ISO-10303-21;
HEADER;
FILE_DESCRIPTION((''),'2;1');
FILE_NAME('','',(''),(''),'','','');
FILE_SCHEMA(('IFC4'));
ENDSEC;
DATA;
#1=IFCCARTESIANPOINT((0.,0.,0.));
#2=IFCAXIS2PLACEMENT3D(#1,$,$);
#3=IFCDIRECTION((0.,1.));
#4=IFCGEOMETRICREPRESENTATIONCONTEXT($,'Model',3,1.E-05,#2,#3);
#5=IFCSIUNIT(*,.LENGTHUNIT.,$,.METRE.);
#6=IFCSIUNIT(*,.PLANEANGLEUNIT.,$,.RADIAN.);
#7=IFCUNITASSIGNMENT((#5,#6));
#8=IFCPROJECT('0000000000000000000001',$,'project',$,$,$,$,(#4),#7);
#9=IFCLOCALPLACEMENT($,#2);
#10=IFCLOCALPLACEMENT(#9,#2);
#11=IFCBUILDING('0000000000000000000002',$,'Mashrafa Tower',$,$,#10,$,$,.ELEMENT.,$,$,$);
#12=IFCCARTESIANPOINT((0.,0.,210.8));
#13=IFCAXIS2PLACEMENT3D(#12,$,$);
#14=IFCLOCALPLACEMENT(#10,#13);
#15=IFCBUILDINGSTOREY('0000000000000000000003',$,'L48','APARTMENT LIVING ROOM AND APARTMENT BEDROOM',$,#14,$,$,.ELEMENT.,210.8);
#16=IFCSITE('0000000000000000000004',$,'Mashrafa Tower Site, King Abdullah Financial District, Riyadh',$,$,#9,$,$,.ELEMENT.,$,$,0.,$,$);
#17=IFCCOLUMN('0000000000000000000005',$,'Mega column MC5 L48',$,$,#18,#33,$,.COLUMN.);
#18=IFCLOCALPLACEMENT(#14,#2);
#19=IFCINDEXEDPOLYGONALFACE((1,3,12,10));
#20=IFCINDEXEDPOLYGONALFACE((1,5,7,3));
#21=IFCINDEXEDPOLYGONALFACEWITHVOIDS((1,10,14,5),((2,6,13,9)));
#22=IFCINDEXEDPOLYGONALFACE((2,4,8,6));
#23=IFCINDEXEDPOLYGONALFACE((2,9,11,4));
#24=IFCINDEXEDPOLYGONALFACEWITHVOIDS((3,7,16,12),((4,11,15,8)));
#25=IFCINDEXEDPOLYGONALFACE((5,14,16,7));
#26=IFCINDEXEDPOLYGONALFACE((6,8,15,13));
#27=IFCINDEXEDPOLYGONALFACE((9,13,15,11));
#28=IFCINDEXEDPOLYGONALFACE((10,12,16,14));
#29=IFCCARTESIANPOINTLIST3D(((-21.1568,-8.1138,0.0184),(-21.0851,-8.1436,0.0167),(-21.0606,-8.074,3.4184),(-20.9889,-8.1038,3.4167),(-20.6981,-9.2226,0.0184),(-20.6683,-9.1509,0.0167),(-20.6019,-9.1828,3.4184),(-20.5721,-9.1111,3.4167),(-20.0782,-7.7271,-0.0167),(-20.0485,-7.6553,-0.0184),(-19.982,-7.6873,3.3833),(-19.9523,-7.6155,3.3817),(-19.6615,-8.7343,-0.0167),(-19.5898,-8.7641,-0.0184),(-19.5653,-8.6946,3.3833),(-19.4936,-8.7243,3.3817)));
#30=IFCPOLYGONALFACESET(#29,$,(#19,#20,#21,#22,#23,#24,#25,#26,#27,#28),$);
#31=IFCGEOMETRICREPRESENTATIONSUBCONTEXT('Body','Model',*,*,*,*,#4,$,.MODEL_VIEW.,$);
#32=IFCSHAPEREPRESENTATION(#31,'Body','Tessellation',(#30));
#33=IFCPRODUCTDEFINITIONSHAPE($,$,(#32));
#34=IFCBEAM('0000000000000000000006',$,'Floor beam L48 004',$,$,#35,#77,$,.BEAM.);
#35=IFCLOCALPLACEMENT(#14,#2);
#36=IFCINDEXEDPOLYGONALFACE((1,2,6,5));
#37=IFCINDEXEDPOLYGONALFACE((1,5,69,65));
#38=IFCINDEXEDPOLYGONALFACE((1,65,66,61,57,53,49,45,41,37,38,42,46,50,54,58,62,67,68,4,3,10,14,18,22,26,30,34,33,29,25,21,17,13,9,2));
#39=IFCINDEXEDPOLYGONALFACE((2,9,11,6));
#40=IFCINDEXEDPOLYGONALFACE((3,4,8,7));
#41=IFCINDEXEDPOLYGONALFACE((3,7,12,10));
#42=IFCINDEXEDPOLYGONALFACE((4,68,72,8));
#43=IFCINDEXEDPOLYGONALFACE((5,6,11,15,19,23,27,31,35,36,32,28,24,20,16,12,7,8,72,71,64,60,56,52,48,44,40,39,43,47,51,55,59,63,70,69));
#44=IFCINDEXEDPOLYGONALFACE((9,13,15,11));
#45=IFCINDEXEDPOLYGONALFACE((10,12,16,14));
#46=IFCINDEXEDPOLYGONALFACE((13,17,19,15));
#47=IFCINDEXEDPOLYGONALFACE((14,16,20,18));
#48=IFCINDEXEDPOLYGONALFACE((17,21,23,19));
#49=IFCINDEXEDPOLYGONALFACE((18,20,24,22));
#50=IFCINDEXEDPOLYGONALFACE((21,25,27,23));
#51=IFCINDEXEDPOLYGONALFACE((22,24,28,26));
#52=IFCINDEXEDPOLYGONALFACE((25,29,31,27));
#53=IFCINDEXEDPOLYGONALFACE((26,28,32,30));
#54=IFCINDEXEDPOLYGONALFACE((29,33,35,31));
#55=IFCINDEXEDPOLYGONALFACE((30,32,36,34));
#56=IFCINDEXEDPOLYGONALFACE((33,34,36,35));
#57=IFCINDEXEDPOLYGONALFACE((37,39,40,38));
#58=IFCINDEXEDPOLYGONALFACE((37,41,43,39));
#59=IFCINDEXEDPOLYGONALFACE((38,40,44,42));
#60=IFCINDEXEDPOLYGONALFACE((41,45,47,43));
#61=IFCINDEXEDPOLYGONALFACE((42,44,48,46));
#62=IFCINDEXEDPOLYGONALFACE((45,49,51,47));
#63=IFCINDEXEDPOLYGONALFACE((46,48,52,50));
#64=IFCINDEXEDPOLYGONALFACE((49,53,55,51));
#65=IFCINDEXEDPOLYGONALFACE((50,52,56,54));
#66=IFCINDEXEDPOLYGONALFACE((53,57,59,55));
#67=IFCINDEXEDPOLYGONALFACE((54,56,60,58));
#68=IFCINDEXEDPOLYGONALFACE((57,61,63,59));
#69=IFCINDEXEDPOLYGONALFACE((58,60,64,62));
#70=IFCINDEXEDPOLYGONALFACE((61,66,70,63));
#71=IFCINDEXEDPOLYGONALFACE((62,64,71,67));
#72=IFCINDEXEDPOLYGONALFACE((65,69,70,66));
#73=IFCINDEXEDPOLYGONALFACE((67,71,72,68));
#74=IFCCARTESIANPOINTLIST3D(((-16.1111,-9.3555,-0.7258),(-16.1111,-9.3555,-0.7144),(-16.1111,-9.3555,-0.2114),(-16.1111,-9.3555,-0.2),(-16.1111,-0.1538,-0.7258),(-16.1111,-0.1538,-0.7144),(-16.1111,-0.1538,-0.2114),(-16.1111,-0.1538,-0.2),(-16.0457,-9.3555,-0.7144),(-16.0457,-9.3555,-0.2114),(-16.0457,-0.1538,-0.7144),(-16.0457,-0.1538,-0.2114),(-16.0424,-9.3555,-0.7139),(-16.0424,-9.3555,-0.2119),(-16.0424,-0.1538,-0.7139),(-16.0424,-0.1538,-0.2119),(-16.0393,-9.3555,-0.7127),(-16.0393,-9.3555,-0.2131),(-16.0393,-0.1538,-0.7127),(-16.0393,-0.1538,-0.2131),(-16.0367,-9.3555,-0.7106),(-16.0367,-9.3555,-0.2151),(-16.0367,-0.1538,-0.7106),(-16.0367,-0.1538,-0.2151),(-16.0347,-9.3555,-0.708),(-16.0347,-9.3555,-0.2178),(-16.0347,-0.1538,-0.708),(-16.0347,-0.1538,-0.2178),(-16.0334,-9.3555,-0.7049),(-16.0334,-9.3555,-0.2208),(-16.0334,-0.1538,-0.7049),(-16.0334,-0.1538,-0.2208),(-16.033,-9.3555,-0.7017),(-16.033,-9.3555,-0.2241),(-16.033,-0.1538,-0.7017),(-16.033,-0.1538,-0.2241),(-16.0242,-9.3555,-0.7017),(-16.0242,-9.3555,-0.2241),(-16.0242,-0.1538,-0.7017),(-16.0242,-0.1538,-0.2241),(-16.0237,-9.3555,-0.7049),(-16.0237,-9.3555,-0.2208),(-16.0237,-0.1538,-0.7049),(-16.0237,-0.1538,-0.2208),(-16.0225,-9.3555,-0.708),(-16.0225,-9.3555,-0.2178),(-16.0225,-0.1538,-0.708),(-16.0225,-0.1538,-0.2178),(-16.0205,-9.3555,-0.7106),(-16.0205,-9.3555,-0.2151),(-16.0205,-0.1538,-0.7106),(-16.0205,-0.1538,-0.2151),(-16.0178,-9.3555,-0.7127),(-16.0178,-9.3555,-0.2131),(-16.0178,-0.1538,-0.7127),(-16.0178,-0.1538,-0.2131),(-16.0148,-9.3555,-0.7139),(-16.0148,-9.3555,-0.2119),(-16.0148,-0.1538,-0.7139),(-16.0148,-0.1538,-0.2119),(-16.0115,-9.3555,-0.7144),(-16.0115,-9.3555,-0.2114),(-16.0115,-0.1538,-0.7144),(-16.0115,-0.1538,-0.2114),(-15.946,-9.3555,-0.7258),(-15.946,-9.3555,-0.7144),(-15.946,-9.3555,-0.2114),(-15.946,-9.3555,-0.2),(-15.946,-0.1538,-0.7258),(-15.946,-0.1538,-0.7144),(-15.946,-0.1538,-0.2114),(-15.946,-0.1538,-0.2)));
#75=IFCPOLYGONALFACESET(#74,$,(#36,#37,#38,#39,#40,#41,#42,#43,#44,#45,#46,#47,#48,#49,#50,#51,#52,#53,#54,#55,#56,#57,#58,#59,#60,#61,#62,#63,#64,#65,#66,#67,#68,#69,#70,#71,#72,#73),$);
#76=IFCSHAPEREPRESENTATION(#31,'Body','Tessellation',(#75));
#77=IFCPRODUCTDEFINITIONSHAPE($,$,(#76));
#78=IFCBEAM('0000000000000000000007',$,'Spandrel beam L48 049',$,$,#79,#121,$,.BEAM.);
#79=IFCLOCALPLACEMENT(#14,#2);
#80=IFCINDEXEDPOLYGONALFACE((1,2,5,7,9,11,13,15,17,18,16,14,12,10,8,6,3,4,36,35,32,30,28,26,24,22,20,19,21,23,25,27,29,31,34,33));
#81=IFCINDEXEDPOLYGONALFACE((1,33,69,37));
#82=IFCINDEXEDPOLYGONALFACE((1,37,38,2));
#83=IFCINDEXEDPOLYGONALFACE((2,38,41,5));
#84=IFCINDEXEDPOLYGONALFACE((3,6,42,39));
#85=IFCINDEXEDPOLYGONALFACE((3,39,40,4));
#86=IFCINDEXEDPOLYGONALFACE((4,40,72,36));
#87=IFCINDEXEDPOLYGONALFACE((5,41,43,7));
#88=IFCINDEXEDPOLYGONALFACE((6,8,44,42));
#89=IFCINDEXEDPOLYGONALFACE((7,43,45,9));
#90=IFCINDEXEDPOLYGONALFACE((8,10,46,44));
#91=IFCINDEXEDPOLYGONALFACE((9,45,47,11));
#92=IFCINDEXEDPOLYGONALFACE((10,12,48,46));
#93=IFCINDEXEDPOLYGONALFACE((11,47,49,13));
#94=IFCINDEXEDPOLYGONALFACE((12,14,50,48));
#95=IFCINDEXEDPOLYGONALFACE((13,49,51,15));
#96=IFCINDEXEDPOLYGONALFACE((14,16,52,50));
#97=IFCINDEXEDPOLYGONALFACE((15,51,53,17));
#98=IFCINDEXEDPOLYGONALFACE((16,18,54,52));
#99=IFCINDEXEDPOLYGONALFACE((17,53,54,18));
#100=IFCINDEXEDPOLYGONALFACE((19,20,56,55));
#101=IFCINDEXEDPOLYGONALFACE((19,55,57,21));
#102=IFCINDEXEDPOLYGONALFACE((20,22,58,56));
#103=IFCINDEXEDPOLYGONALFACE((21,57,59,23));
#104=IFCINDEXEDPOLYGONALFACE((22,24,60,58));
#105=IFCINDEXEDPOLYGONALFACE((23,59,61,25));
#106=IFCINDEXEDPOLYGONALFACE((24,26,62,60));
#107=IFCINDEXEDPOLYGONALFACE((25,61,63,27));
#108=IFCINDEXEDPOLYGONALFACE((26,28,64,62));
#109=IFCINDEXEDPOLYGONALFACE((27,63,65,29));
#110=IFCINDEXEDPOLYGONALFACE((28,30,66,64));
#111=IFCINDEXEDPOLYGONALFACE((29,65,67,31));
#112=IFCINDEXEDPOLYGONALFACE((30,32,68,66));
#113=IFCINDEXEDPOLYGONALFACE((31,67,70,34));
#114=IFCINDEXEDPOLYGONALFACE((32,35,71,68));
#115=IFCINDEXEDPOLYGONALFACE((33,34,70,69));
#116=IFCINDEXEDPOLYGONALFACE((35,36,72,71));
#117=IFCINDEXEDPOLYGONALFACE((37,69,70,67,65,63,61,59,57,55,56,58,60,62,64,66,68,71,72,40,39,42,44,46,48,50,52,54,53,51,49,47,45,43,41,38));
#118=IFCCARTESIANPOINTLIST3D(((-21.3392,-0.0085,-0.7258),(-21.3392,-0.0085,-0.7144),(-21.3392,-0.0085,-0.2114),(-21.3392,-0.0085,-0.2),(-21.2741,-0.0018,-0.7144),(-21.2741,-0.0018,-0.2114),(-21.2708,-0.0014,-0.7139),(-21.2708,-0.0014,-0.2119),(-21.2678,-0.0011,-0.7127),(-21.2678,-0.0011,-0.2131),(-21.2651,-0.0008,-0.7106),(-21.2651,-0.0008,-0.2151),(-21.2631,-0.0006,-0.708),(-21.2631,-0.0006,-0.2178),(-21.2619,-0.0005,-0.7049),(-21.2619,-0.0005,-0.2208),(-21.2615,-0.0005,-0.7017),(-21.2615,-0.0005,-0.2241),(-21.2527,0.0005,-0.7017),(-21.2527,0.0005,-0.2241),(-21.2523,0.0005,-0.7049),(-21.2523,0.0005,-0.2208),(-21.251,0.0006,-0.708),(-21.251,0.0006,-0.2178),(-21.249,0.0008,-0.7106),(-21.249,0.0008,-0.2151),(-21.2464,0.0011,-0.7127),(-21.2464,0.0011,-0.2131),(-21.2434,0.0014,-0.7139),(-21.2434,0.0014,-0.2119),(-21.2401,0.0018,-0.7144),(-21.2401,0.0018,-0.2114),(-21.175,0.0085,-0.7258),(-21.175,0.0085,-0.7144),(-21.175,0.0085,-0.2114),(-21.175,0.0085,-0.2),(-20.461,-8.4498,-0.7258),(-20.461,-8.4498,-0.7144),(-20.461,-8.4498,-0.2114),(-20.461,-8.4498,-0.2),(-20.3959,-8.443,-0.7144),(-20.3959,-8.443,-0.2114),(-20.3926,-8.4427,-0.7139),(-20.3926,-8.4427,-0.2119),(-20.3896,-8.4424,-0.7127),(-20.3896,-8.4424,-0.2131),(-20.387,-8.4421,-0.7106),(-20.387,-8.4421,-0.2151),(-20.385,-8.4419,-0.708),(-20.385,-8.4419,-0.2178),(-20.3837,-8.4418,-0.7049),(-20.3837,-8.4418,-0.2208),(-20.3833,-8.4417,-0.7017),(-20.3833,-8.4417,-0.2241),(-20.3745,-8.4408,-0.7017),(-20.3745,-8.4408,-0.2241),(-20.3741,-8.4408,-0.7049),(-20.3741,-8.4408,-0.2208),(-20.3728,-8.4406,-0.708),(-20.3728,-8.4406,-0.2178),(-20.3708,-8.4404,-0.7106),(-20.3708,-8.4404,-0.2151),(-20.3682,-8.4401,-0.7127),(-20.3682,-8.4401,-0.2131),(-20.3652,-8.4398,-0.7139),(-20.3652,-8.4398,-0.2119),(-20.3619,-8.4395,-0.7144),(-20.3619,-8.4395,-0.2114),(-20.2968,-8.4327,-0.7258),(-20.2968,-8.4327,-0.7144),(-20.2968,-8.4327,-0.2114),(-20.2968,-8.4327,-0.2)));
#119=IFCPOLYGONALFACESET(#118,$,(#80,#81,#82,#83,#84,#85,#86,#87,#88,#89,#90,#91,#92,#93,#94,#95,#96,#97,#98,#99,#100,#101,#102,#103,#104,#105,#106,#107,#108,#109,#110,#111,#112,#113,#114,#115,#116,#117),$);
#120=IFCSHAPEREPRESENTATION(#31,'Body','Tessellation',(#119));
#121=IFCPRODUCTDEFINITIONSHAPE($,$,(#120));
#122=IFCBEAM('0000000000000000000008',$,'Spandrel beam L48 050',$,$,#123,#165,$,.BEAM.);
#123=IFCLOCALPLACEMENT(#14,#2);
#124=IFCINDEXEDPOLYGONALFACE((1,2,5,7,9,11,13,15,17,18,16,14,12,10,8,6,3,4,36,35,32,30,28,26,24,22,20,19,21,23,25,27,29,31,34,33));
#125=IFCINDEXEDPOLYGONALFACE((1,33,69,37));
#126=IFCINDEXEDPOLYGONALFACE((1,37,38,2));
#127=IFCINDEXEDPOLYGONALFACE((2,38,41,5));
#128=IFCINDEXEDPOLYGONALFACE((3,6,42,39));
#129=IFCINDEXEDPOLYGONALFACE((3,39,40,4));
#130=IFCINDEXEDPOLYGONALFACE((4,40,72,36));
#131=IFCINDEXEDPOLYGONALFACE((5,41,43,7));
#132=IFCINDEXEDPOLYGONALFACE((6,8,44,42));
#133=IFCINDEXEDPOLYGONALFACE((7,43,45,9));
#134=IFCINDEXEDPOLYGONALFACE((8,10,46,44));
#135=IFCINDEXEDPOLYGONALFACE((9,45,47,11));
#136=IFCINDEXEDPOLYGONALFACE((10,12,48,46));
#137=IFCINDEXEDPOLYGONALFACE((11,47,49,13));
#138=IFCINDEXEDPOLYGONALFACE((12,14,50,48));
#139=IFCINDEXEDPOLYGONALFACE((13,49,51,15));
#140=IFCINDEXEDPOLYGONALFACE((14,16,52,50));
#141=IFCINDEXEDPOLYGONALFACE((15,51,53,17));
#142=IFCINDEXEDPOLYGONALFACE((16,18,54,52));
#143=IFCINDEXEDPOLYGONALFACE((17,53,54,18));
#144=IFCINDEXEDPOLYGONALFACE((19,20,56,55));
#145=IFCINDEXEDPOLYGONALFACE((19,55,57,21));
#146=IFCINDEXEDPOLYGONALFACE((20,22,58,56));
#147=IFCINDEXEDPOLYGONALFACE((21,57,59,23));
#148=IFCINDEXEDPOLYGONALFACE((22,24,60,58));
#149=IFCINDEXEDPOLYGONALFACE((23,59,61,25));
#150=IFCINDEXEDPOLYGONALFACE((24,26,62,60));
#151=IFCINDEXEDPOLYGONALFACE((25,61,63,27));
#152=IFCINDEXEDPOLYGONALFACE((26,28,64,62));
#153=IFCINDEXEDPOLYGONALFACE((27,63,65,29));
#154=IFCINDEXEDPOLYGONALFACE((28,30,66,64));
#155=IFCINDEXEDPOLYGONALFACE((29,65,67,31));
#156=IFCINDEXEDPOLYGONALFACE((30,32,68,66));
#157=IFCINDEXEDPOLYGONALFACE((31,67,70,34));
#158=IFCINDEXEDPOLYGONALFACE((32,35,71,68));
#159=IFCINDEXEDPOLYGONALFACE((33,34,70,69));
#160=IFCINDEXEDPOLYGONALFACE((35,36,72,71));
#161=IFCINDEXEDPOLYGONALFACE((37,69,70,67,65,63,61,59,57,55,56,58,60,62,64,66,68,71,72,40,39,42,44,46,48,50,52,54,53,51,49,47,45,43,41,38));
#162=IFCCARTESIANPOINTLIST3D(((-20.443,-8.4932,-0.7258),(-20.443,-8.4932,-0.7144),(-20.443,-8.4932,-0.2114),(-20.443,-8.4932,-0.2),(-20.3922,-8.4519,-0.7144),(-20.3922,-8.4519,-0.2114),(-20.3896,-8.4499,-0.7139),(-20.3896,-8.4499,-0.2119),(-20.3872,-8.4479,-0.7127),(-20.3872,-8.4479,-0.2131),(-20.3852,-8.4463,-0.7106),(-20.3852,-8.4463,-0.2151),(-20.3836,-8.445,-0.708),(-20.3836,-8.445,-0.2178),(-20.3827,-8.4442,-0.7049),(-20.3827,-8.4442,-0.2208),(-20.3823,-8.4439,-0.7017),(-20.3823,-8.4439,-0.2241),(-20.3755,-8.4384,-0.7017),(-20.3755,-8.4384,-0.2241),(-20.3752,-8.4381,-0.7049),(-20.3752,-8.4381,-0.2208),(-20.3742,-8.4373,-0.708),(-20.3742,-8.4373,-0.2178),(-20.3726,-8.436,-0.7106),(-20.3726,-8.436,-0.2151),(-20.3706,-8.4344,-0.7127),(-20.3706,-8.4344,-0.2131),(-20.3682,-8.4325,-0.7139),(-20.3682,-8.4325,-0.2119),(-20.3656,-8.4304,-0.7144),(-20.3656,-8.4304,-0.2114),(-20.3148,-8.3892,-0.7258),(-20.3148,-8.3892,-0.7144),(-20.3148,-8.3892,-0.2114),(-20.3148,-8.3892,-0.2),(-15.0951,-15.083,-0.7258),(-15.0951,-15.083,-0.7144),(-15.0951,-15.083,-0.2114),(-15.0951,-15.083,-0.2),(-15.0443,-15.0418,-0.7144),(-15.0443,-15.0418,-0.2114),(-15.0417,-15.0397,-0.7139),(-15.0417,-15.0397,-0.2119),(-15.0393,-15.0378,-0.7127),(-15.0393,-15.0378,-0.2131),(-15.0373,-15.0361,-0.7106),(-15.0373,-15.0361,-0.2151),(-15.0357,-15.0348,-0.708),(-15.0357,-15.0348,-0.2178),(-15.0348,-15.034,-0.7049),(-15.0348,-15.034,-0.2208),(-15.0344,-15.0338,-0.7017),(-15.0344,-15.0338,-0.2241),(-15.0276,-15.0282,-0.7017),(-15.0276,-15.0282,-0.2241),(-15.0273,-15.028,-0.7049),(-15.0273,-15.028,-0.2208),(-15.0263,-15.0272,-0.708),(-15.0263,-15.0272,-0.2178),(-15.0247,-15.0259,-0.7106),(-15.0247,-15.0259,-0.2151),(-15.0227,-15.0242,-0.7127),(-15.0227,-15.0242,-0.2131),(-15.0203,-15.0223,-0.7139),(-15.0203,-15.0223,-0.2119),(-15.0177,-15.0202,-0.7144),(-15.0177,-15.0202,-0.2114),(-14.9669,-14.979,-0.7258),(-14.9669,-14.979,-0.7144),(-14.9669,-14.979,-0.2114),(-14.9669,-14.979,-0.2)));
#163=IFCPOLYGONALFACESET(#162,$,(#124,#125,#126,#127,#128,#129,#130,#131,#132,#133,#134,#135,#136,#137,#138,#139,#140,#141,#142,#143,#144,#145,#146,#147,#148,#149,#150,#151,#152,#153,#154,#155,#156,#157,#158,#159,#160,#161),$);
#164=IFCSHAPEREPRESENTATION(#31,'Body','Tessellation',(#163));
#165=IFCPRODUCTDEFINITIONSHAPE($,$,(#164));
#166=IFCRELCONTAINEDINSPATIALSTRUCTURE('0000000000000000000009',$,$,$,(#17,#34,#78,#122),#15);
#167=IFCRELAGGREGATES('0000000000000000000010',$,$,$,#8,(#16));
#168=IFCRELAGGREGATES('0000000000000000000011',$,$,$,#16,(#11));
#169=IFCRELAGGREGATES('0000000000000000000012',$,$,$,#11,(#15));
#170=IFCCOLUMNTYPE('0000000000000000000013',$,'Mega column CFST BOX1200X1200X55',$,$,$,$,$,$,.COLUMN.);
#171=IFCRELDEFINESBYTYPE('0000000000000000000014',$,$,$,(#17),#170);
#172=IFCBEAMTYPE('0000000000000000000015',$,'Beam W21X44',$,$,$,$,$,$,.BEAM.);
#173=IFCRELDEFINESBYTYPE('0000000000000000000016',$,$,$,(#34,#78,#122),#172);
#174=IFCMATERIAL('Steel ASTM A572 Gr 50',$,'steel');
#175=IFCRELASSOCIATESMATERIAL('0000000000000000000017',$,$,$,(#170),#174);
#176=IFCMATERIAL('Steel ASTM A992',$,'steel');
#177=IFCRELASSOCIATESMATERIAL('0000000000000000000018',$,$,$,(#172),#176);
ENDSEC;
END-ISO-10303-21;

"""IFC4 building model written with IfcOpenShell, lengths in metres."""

from ifc_helpers import new_model, si_unit, direction, frame, origin, origin_2d, place, context, subcontext, project, spatial, hollow_rectangle, i_section, extrude, material, material_profile, profile_set, type_object, element, save


model = new_model("IFC4")

# Units and contexts
model_context = context("Model", 3, precision=1e-05, world=origin(), true_north=direction((0.0, 1.0)))
body_context = subcontext(model_context, "Body", "Model", "MODEL_VIEW")
ifc_project = project(units=[si_unit("LENGTHUNIT", "METRE"), si_unit("PLANEANGLEUNIT", "RADIAN")], contexts=[model_context])

# Site, building, storey
site_placement = place(None, origin())
site = spatial("IfcSite", under=ifc_project, at=site_placement, Name="Mashrafa Tower Site, King Abdullah Financial District, Riyadh", CompositionType="ELEMENT", RefElevation=0.0)
building_placement = place(site_placement, origin())
building = spatial("IfcBuilding", under=site, at=building_placement, Name="Mashrafa Tower", CompositionType="ELEMENT")
storey_placement = place(building_placement, frame((0.0, 0.0, 210.8)))
storey = spatial("IfcBuildingStorey", under=building, at=storey_placement, Name="L48", Description="APARTMENT LIVING ROOM AND APARTMENT BEDROOM", CompositionType="ELEMENT", Elevation=210.8)

# Column
ifc_material_1 = material(Name="Steel ASTM A572 Gr 50", Category="steel")
ifc_material_profile_1 = material_profile(ifc_material_1, hollow_rectangle(XDim=1.2, YDim=1.2, WallThickness=0.0549, at=origin_2d()), Name="BOX1200X1200X55")
ifc_profile_set_1 = profile_set([ifc_material_profile_1], Name="Steel ASTM A572 Gr 50")
column_type = type_object("IfcColumnType", Name="Mega column CFST BOX1200X1200X55", PredefinedType="COLUMN", material=ifc_profile_set_1)
column_placement = place(storey_placement, frame((-20.3733, -8.439, 0.0), z_axis=(0.028279, 0.011699, 0.999532), x_axis=(-0.382283, 0.924045, 0.0)))
element("IfcColumn", 1, at=column_placement, inside=storey, type_object=column_type, Name="Mega column MC5 L48", PredefinedType="COLUMN", context=body_context, shape_type="SweptSolid", body=[
    extrude(hollow_rectangle(XDim=1.2, YDim=1.2, WallThickness=0.0549, at=origin_2d()), origin(), (0.0, 0.0, 1.0), 3.4016),
])

# Beams
ifc_material_2 = material(Name="Steel ASTM A992", Category="steel")
ifc_material_profile_2 = material_profile(ifc_material_2, i_section(OverallWidth=0.165, OverallDepth=0.5259, WebThickness=0.0088, FlangeThickness=0.0115, FilletRadius=0.0127, at=origin_2d()), Name="W21X44")
ifc_profile_set_2 = profile_set([ifc_material_profile_2], Name="Steel ASTM A992")
beam_type_1 = type_object("IfcBeamType", Name="Beam W21X44", PredefinedType="BEAM", material=ifc_profile_set_2)
beam_1_placement = place(storey_placement, frame((-16.0286, -9.3555, -0.4629), z_axis=(0.0, 1.0, 0.0), x_axis=(-1.0, 0.0, 0.0)))
element("IfcBeam", 2, at=beam_1_placement, inside=storey, type_object=beam_type_1, Name="Floor beam L48 004", PredefinedType="BEAM", context=body_context, shape_type="SweptSolid", body=[
    extrude(i_section(OverallWidth=0.165, OverallDepth=0.5259, WebThickness=0.0088, FlangeThickness=0.0115, FilletRadius=0.0127, at=origin_2d()), origin(), (0.0, 0.0, 1.0), 9.2017),
])
for number, where, z_axis, x_axis, name in (
    (3, (-21.2571, 0.0, -0.4629), (0.103476, -0.994632, 0.0), (0.994632, 0.103476, 0.0), "Spandrel beam L48 049"),
    (4, (-20.3789, -8.4412, -0.4629), (0.630142, -0.77648, 0.0), (0.77648, 0.630142, 0.0), "Spandrel beam L48 050"),
):
    element("IfcBeam", number, at=place(storey_placement, frame(where, z_axis=z_axis, x_axis=x_axis)), inside=storey, type_object=beam_type_1, Name=name, PredefinedType="BEAM", context=body_context, shape_type="SweptSolid", body=[
        extrude(i_section(OverallWidth=0.165, OverallDepth=0.5259, WebThickness=0.0088, FlangeThickness=0.0115, FilletRadius=0.0127, at=origin_2d()), origin(), (0.0, 0.0, 1.0), 8.4868),
    ])

save(model, "model.ifc")
